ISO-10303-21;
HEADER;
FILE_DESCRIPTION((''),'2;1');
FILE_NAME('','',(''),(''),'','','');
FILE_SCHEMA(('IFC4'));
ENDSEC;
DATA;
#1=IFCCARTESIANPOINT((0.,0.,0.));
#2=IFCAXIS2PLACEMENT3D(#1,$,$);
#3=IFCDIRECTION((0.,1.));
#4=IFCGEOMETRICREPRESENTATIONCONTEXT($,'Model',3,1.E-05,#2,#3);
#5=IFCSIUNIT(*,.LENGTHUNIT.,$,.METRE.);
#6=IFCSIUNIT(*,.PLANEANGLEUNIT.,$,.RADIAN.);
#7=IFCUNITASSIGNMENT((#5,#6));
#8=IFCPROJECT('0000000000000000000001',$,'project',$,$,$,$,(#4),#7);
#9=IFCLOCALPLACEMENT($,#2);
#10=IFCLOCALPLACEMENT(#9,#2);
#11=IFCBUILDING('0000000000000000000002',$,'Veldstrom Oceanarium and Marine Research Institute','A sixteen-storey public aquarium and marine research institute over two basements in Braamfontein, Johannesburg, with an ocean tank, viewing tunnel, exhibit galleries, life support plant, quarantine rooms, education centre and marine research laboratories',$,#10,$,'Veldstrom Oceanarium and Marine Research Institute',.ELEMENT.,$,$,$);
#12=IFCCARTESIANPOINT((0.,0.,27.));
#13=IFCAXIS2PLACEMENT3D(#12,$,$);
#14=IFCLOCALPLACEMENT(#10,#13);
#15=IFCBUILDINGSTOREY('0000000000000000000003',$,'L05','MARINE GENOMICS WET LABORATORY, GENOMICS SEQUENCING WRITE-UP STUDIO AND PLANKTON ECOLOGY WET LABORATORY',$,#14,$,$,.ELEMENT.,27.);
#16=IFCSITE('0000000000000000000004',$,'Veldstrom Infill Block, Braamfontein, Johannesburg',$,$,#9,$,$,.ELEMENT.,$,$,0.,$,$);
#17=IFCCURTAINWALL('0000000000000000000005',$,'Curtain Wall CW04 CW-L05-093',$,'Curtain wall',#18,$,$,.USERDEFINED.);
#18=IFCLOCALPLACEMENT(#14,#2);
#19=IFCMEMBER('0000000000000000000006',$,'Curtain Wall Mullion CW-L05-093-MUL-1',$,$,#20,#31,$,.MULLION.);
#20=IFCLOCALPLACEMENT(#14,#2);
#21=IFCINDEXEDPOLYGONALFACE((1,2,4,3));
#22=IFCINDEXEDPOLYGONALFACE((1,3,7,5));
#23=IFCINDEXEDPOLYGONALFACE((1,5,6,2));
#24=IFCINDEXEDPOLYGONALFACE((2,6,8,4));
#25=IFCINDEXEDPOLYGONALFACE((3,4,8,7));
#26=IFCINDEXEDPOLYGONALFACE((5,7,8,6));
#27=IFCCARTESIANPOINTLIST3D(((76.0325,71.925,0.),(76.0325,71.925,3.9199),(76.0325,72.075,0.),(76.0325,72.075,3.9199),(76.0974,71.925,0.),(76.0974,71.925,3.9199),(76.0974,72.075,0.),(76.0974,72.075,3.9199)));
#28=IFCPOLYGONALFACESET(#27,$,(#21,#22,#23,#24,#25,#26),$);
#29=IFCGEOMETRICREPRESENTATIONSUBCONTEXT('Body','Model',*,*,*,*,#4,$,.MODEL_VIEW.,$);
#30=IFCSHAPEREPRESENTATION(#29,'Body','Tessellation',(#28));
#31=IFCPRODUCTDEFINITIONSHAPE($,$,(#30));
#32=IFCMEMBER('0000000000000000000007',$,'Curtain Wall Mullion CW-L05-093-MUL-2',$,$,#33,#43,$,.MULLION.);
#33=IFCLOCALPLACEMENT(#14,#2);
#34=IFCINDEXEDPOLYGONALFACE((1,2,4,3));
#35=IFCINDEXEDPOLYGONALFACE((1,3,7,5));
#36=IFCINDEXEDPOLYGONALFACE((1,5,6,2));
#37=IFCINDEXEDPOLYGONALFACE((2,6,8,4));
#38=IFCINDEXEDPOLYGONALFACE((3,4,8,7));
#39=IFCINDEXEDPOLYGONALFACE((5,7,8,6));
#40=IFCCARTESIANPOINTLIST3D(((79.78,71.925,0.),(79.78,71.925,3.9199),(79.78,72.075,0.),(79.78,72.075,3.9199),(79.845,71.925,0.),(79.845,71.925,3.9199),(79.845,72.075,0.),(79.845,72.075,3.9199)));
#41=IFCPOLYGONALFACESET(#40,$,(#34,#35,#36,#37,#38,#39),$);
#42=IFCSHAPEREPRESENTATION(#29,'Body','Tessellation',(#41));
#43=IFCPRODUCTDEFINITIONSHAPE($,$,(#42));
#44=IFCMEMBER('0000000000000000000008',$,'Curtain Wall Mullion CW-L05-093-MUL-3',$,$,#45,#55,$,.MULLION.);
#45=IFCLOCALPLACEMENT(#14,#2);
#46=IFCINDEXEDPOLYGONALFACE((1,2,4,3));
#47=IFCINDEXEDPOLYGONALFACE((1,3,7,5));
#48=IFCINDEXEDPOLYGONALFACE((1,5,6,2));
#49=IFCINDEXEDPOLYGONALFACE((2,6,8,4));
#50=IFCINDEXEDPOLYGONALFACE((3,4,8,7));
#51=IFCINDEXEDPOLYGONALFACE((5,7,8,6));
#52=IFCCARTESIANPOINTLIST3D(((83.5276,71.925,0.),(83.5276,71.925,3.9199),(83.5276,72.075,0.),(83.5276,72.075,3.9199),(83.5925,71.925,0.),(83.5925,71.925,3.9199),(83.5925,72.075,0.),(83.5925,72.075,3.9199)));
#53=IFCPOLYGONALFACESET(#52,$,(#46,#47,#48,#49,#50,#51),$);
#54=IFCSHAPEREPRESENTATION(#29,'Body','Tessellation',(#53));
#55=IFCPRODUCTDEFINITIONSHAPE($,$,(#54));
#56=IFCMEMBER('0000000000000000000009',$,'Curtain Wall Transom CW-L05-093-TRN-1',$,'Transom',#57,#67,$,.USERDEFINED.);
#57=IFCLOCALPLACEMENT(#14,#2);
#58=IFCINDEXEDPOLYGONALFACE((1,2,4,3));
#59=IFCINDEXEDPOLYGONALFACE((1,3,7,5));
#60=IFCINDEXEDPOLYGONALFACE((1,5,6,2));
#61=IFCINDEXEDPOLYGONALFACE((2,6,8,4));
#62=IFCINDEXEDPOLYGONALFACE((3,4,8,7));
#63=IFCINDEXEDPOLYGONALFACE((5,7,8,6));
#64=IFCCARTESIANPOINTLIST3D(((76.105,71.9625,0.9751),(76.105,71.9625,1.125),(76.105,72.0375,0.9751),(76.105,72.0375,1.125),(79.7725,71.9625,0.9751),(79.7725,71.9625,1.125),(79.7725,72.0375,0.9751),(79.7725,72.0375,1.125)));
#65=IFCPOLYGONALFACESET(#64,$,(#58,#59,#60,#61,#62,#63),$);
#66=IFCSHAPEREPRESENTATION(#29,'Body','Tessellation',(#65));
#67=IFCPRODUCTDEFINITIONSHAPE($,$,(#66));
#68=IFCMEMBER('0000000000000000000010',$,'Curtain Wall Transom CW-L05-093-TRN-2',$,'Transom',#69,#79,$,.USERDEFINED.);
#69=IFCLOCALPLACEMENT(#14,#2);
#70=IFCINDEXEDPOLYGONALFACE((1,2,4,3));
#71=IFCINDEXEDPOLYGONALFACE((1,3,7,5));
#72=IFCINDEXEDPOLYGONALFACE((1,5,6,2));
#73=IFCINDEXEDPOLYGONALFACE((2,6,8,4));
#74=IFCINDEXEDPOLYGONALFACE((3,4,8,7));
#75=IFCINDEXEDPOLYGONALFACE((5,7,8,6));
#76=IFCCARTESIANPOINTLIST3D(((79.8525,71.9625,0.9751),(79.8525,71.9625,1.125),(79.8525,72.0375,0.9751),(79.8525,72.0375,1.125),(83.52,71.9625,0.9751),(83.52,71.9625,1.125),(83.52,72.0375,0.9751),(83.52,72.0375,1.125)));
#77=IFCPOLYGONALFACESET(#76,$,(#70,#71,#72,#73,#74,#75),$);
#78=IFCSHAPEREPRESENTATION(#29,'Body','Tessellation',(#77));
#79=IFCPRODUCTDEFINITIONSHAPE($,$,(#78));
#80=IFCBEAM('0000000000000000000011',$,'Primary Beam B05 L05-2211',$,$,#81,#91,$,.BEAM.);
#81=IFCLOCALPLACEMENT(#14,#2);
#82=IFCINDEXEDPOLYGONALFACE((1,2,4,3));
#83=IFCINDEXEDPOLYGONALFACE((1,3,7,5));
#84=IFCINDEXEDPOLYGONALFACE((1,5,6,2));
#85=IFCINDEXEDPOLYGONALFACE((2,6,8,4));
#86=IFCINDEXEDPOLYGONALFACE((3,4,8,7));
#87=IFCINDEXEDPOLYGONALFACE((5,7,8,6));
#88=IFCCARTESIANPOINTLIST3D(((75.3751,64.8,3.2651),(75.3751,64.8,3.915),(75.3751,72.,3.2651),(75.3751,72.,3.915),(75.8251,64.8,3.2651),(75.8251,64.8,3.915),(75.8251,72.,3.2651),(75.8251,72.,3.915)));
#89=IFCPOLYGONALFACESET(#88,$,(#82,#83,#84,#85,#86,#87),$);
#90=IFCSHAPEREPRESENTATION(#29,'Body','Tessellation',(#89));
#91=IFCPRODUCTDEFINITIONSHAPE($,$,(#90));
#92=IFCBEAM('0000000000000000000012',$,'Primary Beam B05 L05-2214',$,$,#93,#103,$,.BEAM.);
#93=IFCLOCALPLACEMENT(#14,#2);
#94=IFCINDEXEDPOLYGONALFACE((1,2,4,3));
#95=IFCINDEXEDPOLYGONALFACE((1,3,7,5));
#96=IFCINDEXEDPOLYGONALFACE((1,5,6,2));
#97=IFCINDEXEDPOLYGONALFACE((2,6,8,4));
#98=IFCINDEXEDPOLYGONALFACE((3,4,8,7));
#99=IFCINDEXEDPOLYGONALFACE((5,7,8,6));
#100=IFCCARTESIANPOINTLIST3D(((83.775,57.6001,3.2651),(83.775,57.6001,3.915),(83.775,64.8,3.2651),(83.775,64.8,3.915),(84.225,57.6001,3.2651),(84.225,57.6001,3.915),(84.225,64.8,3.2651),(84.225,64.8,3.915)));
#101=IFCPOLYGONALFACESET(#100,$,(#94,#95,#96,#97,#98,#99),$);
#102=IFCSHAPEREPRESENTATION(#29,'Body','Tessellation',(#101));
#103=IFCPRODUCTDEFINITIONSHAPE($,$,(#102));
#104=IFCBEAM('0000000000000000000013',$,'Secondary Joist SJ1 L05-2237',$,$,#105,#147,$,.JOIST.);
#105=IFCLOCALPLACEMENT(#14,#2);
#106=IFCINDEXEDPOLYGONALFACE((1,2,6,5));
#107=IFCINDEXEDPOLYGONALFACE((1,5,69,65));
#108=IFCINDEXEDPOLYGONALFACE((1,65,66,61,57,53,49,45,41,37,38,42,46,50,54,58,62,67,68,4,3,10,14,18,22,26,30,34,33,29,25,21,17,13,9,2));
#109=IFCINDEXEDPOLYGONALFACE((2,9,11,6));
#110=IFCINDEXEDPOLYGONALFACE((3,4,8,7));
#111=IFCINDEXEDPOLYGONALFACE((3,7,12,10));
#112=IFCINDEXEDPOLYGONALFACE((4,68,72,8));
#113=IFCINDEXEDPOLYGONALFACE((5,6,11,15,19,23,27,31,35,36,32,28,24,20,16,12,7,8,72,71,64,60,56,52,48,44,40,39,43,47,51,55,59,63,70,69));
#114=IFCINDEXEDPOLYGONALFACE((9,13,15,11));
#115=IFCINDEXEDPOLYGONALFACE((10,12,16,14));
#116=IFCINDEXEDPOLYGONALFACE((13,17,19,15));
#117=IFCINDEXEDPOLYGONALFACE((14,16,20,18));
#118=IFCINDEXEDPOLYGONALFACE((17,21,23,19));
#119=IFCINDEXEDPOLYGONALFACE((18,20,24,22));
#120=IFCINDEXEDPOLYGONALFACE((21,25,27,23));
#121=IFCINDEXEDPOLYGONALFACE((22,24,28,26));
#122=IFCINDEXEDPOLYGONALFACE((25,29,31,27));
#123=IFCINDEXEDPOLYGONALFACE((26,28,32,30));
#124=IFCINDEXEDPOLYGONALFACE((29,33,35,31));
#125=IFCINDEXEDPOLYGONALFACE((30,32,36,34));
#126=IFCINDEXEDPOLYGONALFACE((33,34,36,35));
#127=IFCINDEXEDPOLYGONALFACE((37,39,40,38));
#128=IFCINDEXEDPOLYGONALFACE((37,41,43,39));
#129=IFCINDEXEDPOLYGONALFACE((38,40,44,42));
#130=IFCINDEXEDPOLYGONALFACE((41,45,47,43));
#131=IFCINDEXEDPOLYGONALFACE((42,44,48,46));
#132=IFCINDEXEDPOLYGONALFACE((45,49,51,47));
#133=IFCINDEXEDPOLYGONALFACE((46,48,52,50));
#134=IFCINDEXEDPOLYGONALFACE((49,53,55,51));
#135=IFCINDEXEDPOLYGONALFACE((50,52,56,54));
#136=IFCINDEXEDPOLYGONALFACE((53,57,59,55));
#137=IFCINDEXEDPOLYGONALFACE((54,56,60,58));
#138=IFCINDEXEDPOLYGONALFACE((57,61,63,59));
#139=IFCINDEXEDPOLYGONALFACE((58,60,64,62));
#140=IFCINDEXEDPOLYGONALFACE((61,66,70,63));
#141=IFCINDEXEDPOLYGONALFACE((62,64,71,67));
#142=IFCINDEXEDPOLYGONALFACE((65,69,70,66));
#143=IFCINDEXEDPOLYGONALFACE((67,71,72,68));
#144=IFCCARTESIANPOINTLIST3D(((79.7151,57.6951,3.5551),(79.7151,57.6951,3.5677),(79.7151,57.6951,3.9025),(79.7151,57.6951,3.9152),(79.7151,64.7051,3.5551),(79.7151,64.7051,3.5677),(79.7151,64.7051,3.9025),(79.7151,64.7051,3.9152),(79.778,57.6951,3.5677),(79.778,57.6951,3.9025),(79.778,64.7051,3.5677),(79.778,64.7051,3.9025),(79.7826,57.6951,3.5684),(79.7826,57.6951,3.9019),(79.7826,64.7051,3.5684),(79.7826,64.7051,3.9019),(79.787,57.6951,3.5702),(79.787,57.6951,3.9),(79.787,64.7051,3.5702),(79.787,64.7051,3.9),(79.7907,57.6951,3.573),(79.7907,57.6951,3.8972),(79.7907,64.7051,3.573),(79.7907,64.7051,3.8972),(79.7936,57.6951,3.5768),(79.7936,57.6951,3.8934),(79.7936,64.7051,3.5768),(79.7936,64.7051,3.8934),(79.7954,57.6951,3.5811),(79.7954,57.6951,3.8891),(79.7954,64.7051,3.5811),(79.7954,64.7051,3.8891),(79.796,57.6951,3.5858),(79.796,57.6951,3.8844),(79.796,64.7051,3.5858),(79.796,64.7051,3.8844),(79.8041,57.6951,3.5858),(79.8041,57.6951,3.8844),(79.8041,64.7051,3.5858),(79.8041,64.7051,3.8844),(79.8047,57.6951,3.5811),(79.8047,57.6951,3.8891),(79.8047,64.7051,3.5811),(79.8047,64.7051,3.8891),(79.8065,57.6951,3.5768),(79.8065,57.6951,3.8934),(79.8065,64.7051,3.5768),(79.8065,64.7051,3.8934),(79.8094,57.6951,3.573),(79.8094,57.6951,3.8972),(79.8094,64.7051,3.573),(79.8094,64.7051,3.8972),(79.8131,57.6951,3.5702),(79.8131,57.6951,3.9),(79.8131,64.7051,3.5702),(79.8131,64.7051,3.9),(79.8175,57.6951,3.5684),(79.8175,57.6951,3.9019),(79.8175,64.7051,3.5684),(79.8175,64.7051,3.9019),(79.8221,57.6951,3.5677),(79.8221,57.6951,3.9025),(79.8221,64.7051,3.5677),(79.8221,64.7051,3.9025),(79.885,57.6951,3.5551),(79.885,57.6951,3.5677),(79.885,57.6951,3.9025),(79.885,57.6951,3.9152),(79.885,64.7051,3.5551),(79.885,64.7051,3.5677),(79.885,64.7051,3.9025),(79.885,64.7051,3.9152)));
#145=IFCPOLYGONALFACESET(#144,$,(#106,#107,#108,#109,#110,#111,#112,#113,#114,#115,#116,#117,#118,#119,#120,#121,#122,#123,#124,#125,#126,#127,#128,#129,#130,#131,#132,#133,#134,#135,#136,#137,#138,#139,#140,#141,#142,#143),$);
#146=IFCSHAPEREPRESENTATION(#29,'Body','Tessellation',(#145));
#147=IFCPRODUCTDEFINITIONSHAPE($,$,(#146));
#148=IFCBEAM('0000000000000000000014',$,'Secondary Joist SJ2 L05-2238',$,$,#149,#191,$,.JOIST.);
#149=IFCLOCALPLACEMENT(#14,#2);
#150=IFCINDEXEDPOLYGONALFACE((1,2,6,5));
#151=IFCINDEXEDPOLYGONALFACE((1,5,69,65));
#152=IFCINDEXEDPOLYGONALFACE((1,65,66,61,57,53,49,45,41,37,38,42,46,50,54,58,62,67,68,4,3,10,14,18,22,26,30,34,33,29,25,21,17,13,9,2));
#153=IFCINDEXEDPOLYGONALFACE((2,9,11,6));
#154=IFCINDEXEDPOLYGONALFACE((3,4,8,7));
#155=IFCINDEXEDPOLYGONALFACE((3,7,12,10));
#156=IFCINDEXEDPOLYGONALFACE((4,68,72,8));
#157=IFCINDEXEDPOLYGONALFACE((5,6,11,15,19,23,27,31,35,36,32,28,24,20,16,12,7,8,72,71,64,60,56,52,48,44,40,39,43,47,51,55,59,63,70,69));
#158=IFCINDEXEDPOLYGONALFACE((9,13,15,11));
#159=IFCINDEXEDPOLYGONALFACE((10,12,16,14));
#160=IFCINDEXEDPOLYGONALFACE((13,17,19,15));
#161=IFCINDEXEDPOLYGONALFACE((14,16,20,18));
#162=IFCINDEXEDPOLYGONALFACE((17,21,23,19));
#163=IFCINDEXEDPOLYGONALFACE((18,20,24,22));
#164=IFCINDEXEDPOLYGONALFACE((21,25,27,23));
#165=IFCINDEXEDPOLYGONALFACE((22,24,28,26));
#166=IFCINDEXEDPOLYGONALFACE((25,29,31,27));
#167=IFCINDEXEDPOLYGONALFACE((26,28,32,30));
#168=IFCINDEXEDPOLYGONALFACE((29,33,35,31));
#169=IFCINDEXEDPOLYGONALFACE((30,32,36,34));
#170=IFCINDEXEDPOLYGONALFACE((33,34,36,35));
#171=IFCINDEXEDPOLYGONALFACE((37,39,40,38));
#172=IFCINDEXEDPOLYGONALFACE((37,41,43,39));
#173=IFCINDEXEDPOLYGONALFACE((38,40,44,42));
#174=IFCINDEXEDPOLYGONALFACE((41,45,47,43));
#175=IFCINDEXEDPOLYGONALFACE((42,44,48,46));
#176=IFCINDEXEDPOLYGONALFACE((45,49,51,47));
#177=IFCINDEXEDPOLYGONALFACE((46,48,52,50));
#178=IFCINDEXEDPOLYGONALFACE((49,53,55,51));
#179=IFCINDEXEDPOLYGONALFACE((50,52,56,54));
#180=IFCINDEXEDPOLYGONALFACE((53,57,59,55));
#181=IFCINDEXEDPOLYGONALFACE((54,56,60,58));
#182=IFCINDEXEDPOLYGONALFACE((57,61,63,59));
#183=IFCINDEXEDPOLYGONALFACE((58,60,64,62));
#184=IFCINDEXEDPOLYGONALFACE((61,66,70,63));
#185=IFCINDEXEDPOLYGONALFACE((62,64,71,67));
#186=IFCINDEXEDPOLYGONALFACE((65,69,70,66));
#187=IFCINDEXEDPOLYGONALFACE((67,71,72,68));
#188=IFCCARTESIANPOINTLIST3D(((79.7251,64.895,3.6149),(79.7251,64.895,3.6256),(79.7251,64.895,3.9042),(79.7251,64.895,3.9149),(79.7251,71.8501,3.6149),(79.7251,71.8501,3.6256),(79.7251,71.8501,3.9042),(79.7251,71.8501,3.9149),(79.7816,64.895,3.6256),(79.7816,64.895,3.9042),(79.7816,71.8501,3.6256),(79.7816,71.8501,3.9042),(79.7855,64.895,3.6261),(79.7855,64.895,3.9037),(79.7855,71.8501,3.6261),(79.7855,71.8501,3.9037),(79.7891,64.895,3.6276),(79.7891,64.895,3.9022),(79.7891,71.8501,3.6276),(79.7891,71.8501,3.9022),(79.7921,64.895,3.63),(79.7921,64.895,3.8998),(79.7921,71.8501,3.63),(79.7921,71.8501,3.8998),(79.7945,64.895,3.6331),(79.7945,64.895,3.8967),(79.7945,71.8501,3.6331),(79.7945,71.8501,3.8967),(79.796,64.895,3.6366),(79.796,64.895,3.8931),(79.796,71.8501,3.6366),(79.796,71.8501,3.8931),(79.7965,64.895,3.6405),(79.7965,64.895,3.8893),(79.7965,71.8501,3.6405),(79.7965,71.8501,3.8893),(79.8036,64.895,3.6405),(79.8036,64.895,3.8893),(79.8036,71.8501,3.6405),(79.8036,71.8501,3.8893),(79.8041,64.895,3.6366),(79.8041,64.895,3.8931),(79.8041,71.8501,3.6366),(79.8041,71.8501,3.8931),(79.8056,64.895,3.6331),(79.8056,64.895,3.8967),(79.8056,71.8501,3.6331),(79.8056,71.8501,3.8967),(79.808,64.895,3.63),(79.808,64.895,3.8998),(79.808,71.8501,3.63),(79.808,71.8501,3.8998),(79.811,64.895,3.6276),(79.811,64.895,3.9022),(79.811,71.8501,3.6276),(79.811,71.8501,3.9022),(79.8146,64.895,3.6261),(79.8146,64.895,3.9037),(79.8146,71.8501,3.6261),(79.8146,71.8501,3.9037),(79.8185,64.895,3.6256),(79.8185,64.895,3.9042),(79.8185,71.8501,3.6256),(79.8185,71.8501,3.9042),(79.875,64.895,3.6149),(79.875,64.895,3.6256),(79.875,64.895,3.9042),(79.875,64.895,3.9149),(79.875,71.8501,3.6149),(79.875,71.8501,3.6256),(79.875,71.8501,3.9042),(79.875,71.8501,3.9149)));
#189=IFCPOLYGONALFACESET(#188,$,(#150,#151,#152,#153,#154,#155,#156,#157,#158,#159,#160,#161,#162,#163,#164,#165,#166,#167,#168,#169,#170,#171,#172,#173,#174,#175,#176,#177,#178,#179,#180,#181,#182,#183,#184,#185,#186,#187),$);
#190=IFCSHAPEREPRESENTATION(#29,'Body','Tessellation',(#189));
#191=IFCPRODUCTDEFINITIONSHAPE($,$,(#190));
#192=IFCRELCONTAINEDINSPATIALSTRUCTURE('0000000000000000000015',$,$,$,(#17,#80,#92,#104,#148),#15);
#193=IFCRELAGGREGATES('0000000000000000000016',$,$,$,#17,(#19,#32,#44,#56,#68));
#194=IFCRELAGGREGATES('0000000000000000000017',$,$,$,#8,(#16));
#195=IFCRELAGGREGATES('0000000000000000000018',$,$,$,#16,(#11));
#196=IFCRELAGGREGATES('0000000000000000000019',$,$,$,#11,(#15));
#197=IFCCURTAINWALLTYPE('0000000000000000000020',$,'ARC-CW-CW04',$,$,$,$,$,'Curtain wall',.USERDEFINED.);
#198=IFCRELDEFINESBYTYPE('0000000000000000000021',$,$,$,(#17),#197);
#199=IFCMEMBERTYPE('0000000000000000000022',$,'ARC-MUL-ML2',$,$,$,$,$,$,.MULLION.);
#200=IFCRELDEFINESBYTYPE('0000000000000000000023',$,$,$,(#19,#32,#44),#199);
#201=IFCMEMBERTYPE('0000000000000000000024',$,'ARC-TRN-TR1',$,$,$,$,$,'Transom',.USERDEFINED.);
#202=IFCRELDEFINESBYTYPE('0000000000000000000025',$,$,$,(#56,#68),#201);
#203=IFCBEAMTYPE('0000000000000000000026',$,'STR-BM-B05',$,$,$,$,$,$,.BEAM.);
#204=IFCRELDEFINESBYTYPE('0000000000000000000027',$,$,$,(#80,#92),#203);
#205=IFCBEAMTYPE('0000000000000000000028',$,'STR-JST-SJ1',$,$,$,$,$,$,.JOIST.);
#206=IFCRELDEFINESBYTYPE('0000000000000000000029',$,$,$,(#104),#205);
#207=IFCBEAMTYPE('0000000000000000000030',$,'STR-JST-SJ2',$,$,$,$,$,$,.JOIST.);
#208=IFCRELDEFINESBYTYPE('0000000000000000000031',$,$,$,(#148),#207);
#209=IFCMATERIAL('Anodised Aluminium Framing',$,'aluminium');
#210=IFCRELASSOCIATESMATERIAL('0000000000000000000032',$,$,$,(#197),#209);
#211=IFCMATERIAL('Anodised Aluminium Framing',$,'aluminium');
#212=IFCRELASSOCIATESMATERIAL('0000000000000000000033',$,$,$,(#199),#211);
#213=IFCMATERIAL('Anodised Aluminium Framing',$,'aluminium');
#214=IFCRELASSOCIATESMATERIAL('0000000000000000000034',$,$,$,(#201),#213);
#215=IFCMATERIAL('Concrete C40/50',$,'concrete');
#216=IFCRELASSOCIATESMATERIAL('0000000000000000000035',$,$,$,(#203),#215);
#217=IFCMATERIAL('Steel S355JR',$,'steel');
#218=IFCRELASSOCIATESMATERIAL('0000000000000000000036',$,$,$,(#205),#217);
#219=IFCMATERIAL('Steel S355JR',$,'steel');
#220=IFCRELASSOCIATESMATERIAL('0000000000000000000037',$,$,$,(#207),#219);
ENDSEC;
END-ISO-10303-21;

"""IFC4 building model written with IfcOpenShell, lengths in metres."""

from ifc_helpers import new_model, si_unit, direction, frame, origin, origin_2d, place, context, subcontext, project, spatial, rectangle, i_section, extrude, material, material_profile, profile_set, type_object, element, aggregate, save


model = new_model("IFC4")

# Units and contexts
model_context = context("Model", 3, precision=1e-05, world=origin(), true_north=direction((0.0, 1.0)))
body_context = subcontext(model_context, "Body", "Model", "MODEL_VIEW")
ifc_project = project(units=[si_unit("LENGTHUNIT", "METRE"), si_unit("PLANEANGLEUNIT", "RADIAN")], contexts=[model_context])

# Site, building, storey
site_placement = place(None, origin())
site = spatial("IfcSite", under=ifc_project, at=site_placement, Name="Veldstrom Infill Block, Braamfontein, Johannesburg", CompositionType="ELEMENT", RefElevation=0.0)
building_placement = place(site_placement, origin())
building = spatial("IfcBuilding", under=site, at=building_placement, Name="Veldstrom Oceanarium and Marine Research Institute", Description="A sixteen-storey public aquarium and marine research institute over two basements in Braamfontein, Johannesburg, with an ocean tank, viewing tunnel, exhibit galleries, life support plant, quarantine rooms, education centre and marine research laboratories", LongName="Veldstrom Oceanarium and Marine Research Institute", CompositionType="ELEMENT")
storey_placement = place(building_placement, frame((0.0, 0.0, 27.0)))
storey = spatial("IfcBuildingStorey", under=building, at=storey_placement, Name="L05", Description="MARINE GENOMICS WET LABORATORY, GENOMICS SEQUENCING WRITE-UP STUDIO AND PLANKTON ECOLOGY WET LABORATORY", CompositionType="ELEMENT", Elevation=27.0)

# Curtain wall, members
ifc_material_1 = material(Name="Anodised Aluminium Framing", Category="aluminium")
curtain_wall_type = type_object("IfcCurtainWallType", Name="ARC-CW-CW04", ElementType="Curtain wall", PredefinedType="USERDEFINED", material=ifc_material_1)
curtain_wall_placement = place(storey_placement, origin())
curtain_wall = element("IfcCurtainWall", 1, at=curtain_wall_placement, inside=storey, type_object=curtain_wall_type, Name="Curtain Wall CW04 CW-L05-093", ObjectType="Curtain wall", PredefinedType="USERDEFINED")
ifc_material_2 = material(Name="Anodised Aluminium Framing", Category="aluminium")
ifc_material_profile_1 = material_profile(ifc_material_2, rectangle(XDim=0.0649, YDim=0.1499, at=origin_2d()), Name="ALU-MUL-65x150")
ifc_profile_set_1 = profile_set([ifc_material_profile_1], Name="Anodised Aluminium Framing")
member_type_1 = type_object("IfcMemberType", Name="ARC-MUL-ML2", PredefinedType="MULLION", material=ifc_profile_set_1)
member_1_placement = place(storey_placement, frame((76.0649, 72.0, 0.0), z_axis=(0.0, 0.0, 1.0), x_axis=(1.0, 0.0, 0.0)))
member_1 = element("IfcMember", 2, at=member_1_placement, type_object=member_type_1, Name="Curtain Wall Mullion CW-L05-093-MUL-1", PredefinedType="MULLION", context=body_context, shape_type="SweptSolid", body=[
    extrude(rectangle(XDim=0.0649, YDim=0.1499, at=origin_2d()), origin(), (0.0, 0.0, 1.0), 3.9199),
])
member_2_placement = place(storey_placement, frame((79.8125, 72.0, 0.0), z_axis=(0.0, 0.0, 1.0), x_axis=(1.0, 0.0, 0.0)))
member_2 = element("IfcMember", 3, at=member_2_placement, type_object=member_type_1, Name="Curtain Wall Mullion CW-L05-093-MUL-2", PredefinedType="MULLION", context=body_context, shape_type="SweptSolid", body=[
    extrude(rectangle(XDim=0.0649, YDim=0.1499, at=origin_2d()), origin(), (0.0, 0.0, 1.0), 3.9199),
])
member_3_placement = place(storey_placement, frame((83.5601, 72.0, 0.0), z_axis=(0.0, 0.0, 1.0), x_axis=(1.0, 0.0, 0.0)))
member_3 = element("IfcMember", 4, at=member_3_placement, type_object=member_type_1, Name="Curtain Wall Mullion CW-L05-093-MUL-3", PredefinedType="MULLION", context=body_context, shape_type="SweptSolid", body=[
    extrude(rectangle(XDim=0.0649, YDim=0.1499, at=origin_2d()), origin(), (0.0, 0.0, 1.0), 3.9199),
])
ifc_material_3 = material(Name="Anodised Aluminium Framing", Category="aluminium")
ifc_material_profile_2 = material_profile(ifc_material_3, rectangle(XDim=0.075, YDim=0.1499, at=origin_2d()), Name="ALU-TRN-75x150")
ifc_profile_set_2 = profile_set([ifc_material_profile_2], Name="Anodised Aluminium Framing")
member_type_2 = type_object("IfcMemberType", Name="ARC-TRN-TR1", ElementType="Transom", PredefinedType="USERDEFINED", material=ifc_profile_set_2)
member_4_placement = place(storey_placement, frame((76.105, 72.0, 1.05), z_axis=(1.0, 0.0, 0.0), x_axis=(0.0, 1.0, 0.0)))
member_4 = element("IfcMember", 5, at=member_4_placement, type_object=member_type_2, Name="Curtain Wall Transom CW-L05-093-TRN-1", ObjectType="Transom", PredefinedType="USERDEFINED", context=body_context, shape_type="SweptSolid", body=[
    extrude(rectangle(XDim=0.075, YDim=0.1499, at=origin_2d()), origin(), (0.0, 0.0, 1.0), 3.6675),
])
member_5_placement = place(storey_placement, frame((79.8525, 72.0, 1.05), z_axis=(1.0, 0.0, 0.0), x_axis=(0.0, 1.0, 0.0)))
member_5 = element("IfcMember", 6, at=member_5_placement, type_object=member_type_2, Name="Curtain Wall Transom CW-L05-093-TRN-2", ObjectType="Transom", PredefinedType="USERDEFINED", context=body_context, shape_type="SweptSolid", body=[
    extrude(rectangle(XDim=0.075, YDim=0.1499, at=origin_2d()), origin(), (0.0, 0.0, 1.0), 3.6675),
])

# Beams
ifc_material_4 = material(Name="Concrete C40/50", Category="concrete")
ifc_material_profile_3 = material_profile(ifc_material_4, rectangle(XDim=0.45, YDim=0.6499, at=origin_2d()), Name="RC-BM-450x650")
ifc_profile_set_3 = profile_set([ifc_material_profile_3], Name="Concrete C40/50")
beam_type_1 = type_object("IfcBeamType", Name="STR-BM-B05", PredefinedType="BEAM", material=ifc_profile_set_3)
for number, where, z_axis, x_axis, name in (
    (7, (75.6001, 64.8, 3.5901), (0.0, 1.0, 0.0), (-1.0, 0.0, 0.0), "Primary Beam B05 L05-2211"),
    (8, (84.0, 57.6001, 3.5901), (0.0, 1.0, 0.0), (-1.0, 0.0, 0.0), "Primary Beam B05 L05-2214"),
):
    element("IfcBeam", number, at=place(storey_placement, frame(where, z_axis=z_axis, x_axis=x_axis)), inside=storey, type_object=beam_type_1, Name=name, PredefinedType="BEAM", context=body_context, shape_type="SweptSolid", body=[
        extrude(rectangle(XDim=0.45, YDim=0.6499, at=origin_2d()), origin(), (0.0, 0.0, 1.0), 7.2),
    ])
ifc_material_5 = material(Name="Steel S355JR", Category="steel")
ifc_material_profile_4 = material_profile(ifc_material_5, i_section(OverallWidth=0.1699, OverallDepth=0.3601, WebThickness=0.0081, FlangeThickness=0.0127, FilletRadius=0.0181, at=origin_2d()), Name="IPE 360")
ifc_profile_set_4 = profile_set([ifc_material_profile_4], Name="Steel S355JR")
beam_type_2 = type_object("IfcBeamType", Name="STR-JST-SJ1", PredefinedType="JOIST", material=ifc_profile_set_4)
beam_1_placement = place(storey_placement, frame((79.8, 57.6951, 3.7351), z_axis=(0.0, 1.0, 0.0), x_axis=(-1.0, 0.0, 0.0)))
element("IfcBeam", 9, at=beam_1_placement, inside=storey, type_object=beam_type_2, Name="Secondary Joist SJ1 L05-2237", PredefinedType="JOIST", context=body_context, shape_type="SweptSolid", body=[
    extrude(i_section(OverallWidth=0.1699, OverallDepth=0.3601, WebThickness=0.0081, FlangeThickness=0.0127, FilletRadius=0.0181, at=origin_2d()), origin(), (0.0, 0.0, 1.0), 7.01),
])
ifc_material_6 = material(Name="Steel S355JR", Category="steel")
ifc_material_profile_5 = material_profile(ifc_material_6, i_section(OverallWidth=0.1499, OverallDepth=0.3, WebThickness=0.0071, FlangeThickness=0.0107, FilletRadius=0.0149, at=origin_2d()), Name="IPE 300")
ifc_profile_set_5 = profile_set([ifc_material_profile_5], Name="Steel S355JR")
beam_type_3 = type_object("IfcBeamType", Name="STR-JST-SJ2", PredefinedType="JOIST", material=ifc_profile_set_5)
beam_2_placement = place(storey_placement, frame((79.8, 64.895, 3.7649), z_axis=(0.0, 1.0, 0.0), x_axis=(-1.0, 0.0, 0.0)))
element("IfcBeam", 10, at=beam_2_placement, inside=storey, type_object=beam_type_3, Name="Secondary Joist SJ2 L05-2238", PredefinedType="JOIST", context=body_context, shape_type="SweptSolid", body=[
    extrude(i_section(OverallWidth=0.1499, OverallDepth=0.3, WebThickness=0.0071, FlangeThickness=0.0107, FilletRadius=0.0149, at=origin_2d()), origin(), (0.0, 0.0, 1.0), 6.9551),
])

aggregate(curtain_wall, [member_1, member_2, member_3, member_4, member_5])

save(model, "model.ifc")
